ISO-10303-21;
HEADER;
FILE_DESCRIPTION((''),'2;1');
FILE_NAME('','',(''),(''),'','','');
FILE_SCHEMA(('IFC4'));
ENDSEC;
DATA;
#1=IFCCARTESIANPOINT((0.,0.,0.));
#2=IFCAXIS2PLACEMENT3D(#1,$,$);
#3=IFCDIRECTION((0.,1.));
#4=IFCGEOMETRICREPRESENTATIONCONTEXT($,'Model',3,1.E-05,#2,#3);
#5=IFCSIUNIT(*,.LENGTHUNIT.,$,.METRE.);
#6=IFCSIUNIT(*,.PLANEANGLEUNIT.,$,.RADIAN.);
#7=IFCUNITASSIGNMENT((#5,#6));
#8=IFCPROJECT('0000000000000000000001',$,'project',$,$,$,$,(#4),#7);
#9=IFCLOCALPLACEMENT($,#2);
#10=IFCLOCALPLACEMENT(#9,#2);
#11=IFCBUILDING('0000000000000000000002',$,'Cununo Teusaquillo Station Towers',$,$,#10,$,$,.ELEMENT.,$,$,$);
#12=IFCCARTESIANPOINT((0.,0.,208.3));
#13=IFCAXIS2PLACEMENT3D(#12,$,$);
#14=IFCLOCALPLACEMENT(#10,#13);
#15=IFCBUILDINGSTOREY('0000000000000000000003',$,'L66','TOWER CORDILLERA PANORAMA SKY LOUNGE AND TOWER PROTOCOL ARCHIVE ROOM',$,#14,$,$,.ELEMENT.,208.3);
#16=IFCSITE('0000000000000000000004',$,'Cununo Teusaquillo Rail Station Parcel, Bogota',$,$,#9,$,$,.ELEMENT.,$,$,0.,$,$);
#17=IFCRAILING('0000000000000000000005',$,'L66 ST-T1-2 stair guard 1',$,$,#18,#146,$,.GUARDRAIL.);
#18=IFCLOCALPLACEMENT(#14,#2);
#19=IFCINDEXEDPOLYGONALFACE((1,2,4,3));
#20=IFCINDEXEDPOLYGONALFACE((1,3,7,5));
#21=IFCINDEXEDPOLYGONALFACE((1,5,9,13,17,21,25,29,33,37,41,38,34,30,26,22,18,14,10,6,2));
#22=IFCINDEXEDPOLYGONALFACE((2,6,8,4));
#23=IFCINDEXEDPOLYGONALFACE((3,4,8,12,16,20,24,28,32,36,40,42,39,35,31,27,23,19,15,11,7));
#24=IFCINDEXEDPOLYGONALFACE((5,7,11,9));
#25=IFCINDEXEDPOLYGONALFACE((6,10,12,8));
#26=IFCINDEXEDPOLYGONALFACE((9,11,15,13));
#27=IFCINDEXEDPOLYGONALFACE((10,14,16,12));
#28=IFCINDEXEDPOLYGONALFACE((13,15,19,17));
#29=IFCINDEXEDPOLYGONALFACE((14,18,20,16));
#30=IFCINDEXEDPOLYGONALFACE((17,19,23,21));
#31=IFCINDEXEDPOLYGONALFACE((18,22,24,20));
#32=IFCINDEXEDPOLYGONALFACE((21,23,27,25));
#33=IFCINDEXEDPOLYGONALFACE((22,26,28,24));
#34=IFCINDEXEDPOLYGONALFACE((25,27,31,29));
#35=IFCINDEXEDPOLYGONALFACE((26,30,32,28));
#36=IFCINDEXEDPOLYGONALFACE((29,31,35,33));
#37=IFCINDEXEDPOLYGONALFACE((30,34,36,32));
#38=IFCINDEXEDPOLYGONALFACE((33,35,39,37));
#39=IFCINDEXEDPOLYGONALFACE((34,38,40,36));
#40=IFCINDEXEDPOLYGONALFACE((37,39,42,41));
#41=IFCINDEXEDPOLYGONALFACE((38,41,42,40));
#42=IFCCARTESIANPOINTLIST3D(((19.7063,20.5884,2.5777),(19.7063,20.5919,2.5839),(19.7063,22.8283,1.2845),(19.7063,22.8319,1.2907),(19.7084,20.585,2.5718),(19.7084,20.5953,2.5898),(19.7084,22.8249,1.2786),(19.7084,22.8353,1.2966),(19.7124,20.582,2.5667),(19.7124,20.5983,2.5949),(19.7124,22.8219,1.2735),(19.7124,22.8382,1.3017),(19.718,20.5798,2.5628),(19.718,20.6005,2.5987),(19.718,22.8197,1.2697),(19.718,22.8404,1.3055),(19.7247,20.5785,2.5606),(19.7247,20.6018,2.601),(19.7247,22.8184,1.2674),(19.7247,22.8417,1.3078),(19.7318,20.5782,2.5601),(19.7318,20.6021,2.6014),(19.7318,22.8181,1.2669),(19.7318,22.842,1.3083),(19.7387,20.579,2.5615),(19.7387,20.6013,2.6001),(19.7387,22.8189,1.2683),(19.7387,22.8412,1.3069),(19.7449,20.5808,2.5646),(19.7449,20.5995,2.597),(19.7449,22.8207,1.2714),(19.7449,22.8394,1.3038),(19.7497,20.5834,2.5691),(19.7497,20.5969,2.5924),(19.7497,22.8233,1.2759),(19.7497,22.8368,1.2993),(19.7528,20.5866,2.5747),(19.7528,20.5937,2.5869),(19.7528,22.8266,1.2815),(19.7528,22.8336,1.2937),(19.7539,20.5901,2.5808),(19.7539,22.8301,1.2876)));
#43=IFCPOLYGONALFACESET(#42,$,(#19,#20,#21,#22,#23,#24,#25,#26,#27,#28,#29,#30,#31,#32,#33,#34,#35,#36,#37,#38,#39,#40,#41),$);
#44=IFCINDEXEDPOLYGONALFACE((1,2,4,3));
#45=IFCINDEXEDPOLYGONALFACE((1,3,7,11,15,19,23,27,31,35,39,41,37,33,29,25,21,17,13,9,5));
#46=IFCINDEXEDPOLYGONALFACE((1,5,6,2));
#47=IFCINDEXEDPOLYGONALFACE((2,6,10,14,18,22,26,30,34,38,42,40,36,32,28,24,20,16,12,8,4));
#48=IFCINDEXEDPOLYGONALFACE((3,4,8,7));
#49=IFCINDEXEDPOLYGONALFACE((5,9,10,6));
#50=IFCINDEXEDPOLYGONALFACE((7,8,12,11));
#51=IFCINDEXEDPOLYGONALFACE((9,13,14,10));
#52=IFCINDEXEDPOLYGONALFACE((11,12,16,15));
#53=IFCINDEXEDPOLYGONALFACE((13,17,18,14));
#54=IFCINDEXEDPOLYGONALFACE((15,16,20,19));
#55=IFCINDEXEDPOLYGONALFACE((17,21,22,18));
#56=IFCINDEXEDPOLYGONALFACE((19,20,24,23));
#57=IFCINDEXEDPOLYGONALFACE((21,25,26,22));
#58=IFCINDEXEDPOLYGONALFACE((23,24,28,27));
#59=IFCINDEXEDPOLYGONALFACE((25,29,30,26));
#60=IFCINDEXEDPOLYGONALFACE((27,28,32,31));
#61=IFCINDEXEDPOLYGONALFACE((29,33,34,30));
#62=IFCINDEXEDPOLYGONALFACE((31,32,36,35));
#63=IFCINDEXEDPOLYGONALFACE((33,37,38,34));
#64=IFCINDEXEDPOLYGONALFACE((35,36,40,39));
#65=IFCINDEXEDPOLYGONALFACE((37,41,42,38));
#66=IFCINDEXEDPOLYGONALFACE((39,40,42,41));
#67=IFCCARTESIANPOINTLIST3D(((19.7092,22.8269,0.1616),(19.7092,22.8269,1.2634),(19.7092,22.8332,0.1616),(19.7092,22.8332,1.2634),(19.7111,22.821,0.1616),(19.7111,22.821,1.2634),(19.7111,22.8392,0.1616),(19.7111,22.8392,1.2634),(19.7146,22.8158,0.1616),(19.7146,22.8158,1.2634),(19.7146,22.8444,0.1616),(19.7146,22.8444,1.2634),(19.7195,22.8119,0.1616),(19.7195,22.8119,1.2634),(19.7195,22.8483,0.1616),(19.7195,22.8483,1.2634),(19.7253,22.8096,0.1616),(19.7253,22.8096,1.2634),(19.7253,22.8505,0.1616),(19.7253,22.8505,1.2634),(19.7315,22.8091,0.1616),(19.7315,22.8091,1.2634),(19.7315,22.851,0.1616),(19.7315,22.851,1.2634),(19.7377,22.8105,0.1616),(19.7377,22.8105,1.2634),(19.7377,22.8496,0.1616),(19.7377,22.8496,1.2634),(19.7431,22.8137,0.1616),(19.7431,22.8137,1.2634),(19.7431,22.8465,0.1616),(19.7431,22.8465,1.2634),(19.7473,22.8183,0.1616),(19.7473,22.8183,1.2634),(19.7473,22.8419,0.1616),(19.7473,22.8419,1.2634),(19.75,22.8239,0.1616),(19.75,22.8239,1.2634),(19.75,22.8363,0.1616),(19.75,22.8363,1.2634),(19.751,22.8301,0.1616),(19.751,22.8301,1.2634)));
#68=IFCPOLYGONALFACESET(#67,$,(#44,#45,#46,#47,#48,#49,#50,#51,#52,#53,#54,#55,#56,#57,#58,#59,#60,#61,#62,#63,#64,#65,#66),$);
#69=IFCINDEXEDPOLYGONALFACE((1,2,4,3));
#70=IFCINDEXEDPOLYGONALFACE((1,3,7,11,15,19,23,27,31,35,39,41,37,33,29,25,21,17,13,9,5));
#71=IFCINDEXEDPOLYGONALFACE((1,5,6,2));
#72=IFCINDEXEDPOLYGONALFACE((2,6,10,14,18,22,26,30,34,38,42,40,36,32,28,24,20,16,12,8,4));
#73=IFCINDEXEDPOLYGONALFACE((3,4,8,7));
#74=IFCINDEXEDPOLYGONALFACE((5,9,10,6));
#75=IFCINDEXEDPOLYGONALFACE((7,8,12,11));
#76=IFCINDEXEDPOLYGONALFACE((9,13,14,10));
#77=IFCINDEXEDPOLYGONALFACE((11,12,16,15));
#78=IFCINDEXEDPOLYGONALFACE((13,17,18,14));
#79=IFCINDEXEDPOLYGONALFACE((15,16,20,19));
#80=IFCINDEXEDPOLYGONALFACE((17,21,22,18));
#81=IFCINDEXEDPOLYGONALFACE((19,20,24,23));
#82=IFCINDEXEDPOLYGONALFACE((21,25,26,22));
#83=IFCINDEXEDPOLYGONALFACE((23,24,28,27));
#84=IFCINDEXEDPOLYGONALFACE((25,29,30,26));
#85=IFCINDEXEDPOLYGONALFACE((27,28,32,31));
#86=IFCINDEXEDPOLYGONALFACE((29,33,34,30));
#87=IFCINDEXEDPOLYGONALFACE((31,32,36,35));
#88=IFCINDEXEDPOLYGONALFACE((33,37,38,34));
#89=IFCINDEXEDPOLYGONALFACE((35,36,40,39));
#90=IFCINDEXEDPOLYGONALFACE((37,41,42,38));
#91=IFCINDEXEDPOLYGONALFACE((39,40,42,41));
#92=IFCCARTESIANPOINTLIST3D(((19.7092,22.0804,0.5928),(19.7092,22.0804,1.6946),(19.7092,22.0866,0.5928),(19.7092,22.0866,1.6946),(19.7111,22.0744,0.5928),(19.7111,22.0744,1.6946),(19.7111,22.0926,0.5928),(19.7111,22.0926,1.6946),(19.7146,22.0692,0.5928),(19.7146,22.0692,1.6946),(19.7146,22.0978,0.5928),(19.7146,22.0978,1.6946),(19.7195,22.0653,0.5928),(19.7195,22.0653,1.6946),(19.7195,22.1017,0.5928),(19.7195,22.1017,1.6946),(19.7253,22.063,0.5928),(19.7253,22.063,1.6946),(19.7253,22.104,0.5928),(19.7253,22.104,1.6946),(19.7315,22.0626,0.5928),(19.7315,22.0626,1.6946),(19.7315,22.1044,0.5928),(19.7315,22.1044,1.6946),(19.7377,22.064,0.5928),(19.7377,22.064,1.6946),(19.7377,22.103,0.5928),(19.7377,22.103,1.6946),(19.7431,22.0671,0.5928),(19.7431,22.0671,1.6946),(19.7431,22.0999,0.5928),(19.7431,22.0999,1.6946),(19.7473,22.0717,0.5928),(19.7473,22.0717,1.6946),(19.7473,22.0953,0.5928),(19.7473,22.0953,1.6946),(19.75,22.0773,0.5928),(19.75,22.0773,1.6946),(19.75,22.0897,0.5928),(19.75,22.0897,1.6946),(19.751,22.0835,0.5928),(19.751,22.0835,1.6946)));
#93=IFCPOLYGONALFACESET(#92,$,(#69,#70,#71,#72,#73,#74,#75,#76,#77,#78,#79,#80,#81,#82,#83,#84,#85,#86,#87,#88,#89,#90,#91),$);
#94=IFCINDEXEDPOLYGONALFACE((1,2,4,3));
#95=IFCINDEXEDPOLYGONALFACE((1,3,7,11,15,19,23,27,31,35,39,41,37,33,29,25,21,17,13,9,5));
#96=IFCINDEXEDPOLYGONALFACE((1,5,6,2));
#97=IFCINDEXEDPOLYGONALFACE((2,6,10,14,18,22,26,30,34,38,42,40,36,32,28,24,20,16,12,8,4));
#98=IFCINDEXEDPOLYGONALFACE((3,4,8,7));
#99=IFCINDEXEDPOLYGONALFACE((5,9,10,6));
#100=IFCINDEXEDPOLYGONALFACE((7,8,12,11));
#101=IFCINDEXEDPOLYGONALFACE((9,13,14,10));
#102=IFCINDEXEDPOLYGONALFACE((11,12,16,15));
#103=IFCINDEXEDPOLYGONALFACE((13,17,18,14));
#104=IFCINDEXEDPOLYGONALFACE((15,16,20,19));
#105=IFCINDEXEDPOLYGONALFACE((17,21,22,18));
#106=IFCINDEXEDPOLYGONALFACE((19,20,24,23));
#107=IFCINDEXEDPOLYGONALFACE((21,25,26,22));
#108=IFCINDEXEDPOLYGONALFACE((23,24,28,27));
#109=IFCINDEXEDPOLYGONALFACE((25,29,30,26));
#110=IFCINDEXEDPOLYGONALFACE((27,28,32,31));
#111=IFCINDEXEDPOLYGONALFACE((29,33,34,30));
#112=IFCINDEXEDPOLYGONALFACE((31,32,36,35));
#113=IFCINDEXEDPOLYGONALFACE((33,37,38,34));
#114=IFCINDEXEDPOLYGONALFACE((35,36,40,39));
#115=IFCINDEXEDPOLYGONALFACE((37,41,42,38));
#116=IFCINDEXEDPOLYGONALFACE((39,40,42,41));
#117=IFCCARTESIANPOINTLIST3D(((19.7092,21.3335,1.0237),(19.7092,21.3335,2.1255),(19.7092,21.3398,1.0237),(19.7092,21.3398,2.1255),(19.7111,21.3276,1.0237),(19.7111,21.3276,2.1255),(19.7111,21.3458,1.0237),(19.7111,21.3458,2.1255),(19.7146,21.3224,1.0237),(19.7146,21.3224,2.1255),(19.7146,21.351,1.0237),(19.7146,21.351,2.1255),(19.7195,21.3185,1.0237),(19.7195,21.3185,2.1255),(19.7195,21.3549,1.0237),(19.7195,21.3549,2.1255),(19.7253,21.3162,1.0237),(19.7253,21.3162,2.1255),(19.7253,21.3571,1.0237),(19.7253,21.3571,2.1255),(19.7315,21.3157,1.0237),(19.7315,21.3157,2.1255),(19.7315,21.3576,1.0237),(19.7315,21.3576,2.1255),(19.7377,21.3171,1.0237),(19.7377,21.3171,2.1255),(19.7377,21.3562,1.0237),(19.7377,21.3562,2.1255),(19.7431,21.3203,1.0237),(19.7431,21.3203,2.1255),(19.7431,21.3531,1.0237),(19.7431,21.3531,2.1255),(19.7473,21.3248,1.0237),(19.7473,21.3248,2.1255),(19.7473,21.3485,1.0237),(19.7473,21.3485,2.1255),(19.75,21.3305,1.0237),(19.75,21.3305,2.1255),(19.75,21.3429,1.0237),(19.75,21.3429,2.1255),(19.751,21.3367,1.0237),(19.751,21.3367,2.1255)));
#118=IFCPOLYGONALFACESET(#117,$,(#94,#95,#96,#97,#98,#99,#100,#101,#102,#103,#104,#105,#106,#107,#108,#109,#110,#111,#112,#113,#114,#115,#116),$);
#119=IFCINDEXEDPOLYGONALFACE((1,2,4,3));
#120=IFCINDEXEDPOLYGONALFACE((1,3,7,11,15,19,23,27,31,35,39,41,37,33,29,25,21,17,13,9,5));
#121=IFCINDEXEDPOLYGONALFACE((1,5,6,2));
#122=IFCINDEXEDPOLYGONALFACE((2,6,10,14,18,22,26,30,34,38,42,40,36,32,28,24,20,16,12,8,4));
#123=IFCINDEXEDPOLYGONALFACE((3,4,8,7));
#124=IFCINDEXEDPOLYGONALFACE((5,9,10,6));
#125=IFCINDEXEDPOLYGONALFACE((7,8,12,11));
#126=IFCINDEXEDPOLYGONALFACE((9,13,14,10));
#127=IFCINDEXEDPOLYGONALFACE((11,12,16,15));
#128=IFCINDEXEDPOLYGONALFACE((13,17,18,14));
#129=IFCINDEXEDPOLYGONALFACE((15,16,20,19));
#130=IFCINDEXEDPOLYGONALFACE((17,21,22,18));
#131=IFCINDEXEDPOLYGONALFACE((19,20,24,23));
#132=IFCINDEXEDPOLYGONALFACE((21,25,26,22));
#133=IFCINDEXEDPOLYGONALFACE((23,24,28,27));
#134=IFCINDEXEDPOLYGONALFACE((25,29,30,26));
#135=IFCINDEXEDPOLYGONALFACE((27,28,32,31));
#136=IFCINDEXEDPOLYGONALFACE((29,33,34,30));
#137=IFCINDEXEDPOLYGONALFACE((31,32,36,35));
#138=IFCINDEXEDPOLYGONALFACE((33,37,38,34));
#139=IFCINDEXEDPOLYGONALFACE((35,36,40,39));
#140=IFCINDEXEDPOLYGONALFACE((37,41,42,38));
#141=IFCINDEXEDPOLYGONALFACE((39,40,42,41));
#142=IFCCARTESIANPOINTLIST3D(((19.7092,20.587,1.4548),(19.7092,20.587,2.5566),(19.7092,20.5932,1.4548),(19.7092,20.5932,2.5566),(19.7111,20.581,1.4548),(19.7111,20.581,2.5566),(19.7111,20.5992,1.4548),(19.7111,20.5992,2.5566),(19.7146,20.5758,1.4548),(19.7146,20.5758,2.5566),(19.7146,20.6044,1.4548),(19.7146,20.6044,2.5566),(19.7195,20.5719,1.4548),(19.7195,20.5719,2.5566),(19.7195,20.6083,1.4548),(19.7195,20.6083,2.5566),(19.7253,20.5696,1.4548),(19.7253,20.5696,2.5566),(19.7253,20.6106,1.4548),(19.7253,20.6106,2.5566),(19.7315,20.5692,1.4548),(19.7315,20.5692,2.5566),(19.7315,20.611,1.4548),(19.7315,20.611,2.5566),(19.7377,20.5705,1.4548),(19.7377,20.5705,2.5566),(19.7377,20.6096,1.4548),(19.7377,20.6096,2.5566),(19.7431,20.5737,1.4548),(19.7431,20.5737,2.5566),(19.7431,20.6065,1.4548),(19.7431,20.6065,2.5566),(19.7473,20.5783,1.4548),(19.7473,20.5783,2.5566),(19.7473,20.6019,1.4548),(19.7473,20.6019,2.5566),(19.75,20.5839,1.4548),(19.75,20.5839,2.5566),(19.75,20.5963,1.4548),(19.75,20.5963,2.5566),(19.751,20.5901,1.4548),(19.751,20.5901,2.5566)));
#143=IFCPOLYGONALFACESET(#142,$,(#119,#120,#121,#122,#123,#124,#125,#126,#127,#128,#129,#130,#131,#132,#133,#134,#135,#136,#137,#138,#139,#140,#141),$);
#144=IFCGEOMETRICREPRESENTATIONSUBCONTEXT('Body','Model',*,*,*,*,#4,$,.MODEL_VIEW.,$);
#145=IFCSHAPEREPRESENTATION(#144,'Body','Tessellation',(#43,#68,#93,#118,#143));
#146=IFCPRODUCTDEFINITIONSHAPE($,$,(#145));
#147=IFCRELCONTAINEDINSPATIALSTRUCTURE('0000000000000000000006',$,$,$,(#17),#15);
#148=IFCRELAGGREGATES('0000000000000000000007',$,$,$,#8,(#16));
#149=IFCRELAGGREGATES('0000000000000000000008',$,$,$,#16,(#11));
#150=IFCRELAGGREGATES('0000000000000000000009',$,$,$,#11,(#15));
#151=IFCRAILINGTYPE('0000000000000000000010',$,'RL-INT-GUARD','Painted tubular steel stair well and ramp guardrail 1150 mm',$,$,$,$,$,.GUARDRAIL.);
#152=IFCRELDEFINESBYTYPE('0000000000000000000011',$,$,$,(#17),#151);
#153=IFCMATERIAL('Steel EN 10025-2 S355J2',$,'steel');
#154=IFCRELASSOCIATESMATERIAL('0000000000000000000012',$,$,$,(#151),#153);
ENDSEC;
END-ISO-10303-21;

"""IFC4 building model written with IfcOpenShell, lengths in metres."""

from ifc_helpers import new_model, si_unit, direction, frame, origin, origin_2d, place, context, subcontext, project, spatial, circle, extrude, material, type_object, element, save


model = new_model("IFC4")

# Units and contexts
model_context = context("Model", 3, precision=1e-05, world=origin(), true_north=direction((0.0, 1.0)))
body_context = subcontext(model_context, "Body", "Model", "MODEL_VIEW")
ifc_project = project(units=[si_unit("LENGTHUNIT", "METRE"), si_unit("PLANEANGLEUNIT", "RADIAN")], contexts=[model_context])

# Site, building, storey
site_placement = place(None, origin())
site = spatial("IfcSite", under=ifc_project, at=site_placement, Name="Cununo Teusaquillo Rail Station Parcel, Bogota", CompositionType="ELEMENT", RefElevation=0.0)
building_placement = place(site_placement, origin())
building = spatial("IfcBuilding", under=site, at=building_placement, Name="Cununo Teusaquillo Station Towers", CompositionType="ELEMENT")
storey_placement = place(building_placement, frame((0.0, 0.0, 208.3)))
storey = spatial("IfcBuildingStorey", under=building, at=storey_placement, Name="L66", Description="TOWER CORDILLERA PANORAMA SKY LOUNGE AND TOWER PROTOCOL ARCHIVE ROOM", CompositionType="ELEMENT", Elevation=208.3)

# Railing
ifc_material_1 = material(Name="Steel EN 10025-2 S355J2", Category="steel")
railing_type_1 = type_object("IfcRailingType", Name="RL-INT-GUARD", Description="Painted tubular steel stair well and ramp guardrail 1150 mm", PredefinedType="GUARDRAIL", material=ifc_material_1)
railing_1_placement = place(storey_placement, frame((19.73, 22.8301, 0.1616)))
element("IfcRailing", 1, at=railing_1_placement, inside=storey, type_object=railing_type_1, Name="L66 ST-T1-2 stair guard 1", PredefinedType="GUARDRAIL", context=body_context, shape_type="SweptSolid", body=[
    extrude(circle(Radius=0.0239, at=origin_2d()), frame((0.0, 0.0, 1.126), z_axis=(0.0, -0.866033, 0.499987), x_axis=(1.0, 0.0, 0.0)), (0.0, 0.0, 1.0), 2.5864),
    extrude(circle(Radius=0.021, at=origin_2d()), origin(), (0.0, 0.0, 1.0), 1.1018),
    extrude(circle(Radius=0.021, at=origin_2d()), frame((0.0, -0.7466, 0.4312)), (0.0, 0.0, 1.0), 1.1018),
    extrude(circle(Radius=0.021, at=origin_2d()), frame((0.0, -1.4934, 0.8621)), (0.0, 0.0, 1.0), 1.1018),
    extrude(circle(Radius=0.021, at=origin_2d()), frame((0.0, -2.24, 1.2932)), (0.0, 0.0, 1.0), 1.1018),
])

save(model, "model.ifc")
